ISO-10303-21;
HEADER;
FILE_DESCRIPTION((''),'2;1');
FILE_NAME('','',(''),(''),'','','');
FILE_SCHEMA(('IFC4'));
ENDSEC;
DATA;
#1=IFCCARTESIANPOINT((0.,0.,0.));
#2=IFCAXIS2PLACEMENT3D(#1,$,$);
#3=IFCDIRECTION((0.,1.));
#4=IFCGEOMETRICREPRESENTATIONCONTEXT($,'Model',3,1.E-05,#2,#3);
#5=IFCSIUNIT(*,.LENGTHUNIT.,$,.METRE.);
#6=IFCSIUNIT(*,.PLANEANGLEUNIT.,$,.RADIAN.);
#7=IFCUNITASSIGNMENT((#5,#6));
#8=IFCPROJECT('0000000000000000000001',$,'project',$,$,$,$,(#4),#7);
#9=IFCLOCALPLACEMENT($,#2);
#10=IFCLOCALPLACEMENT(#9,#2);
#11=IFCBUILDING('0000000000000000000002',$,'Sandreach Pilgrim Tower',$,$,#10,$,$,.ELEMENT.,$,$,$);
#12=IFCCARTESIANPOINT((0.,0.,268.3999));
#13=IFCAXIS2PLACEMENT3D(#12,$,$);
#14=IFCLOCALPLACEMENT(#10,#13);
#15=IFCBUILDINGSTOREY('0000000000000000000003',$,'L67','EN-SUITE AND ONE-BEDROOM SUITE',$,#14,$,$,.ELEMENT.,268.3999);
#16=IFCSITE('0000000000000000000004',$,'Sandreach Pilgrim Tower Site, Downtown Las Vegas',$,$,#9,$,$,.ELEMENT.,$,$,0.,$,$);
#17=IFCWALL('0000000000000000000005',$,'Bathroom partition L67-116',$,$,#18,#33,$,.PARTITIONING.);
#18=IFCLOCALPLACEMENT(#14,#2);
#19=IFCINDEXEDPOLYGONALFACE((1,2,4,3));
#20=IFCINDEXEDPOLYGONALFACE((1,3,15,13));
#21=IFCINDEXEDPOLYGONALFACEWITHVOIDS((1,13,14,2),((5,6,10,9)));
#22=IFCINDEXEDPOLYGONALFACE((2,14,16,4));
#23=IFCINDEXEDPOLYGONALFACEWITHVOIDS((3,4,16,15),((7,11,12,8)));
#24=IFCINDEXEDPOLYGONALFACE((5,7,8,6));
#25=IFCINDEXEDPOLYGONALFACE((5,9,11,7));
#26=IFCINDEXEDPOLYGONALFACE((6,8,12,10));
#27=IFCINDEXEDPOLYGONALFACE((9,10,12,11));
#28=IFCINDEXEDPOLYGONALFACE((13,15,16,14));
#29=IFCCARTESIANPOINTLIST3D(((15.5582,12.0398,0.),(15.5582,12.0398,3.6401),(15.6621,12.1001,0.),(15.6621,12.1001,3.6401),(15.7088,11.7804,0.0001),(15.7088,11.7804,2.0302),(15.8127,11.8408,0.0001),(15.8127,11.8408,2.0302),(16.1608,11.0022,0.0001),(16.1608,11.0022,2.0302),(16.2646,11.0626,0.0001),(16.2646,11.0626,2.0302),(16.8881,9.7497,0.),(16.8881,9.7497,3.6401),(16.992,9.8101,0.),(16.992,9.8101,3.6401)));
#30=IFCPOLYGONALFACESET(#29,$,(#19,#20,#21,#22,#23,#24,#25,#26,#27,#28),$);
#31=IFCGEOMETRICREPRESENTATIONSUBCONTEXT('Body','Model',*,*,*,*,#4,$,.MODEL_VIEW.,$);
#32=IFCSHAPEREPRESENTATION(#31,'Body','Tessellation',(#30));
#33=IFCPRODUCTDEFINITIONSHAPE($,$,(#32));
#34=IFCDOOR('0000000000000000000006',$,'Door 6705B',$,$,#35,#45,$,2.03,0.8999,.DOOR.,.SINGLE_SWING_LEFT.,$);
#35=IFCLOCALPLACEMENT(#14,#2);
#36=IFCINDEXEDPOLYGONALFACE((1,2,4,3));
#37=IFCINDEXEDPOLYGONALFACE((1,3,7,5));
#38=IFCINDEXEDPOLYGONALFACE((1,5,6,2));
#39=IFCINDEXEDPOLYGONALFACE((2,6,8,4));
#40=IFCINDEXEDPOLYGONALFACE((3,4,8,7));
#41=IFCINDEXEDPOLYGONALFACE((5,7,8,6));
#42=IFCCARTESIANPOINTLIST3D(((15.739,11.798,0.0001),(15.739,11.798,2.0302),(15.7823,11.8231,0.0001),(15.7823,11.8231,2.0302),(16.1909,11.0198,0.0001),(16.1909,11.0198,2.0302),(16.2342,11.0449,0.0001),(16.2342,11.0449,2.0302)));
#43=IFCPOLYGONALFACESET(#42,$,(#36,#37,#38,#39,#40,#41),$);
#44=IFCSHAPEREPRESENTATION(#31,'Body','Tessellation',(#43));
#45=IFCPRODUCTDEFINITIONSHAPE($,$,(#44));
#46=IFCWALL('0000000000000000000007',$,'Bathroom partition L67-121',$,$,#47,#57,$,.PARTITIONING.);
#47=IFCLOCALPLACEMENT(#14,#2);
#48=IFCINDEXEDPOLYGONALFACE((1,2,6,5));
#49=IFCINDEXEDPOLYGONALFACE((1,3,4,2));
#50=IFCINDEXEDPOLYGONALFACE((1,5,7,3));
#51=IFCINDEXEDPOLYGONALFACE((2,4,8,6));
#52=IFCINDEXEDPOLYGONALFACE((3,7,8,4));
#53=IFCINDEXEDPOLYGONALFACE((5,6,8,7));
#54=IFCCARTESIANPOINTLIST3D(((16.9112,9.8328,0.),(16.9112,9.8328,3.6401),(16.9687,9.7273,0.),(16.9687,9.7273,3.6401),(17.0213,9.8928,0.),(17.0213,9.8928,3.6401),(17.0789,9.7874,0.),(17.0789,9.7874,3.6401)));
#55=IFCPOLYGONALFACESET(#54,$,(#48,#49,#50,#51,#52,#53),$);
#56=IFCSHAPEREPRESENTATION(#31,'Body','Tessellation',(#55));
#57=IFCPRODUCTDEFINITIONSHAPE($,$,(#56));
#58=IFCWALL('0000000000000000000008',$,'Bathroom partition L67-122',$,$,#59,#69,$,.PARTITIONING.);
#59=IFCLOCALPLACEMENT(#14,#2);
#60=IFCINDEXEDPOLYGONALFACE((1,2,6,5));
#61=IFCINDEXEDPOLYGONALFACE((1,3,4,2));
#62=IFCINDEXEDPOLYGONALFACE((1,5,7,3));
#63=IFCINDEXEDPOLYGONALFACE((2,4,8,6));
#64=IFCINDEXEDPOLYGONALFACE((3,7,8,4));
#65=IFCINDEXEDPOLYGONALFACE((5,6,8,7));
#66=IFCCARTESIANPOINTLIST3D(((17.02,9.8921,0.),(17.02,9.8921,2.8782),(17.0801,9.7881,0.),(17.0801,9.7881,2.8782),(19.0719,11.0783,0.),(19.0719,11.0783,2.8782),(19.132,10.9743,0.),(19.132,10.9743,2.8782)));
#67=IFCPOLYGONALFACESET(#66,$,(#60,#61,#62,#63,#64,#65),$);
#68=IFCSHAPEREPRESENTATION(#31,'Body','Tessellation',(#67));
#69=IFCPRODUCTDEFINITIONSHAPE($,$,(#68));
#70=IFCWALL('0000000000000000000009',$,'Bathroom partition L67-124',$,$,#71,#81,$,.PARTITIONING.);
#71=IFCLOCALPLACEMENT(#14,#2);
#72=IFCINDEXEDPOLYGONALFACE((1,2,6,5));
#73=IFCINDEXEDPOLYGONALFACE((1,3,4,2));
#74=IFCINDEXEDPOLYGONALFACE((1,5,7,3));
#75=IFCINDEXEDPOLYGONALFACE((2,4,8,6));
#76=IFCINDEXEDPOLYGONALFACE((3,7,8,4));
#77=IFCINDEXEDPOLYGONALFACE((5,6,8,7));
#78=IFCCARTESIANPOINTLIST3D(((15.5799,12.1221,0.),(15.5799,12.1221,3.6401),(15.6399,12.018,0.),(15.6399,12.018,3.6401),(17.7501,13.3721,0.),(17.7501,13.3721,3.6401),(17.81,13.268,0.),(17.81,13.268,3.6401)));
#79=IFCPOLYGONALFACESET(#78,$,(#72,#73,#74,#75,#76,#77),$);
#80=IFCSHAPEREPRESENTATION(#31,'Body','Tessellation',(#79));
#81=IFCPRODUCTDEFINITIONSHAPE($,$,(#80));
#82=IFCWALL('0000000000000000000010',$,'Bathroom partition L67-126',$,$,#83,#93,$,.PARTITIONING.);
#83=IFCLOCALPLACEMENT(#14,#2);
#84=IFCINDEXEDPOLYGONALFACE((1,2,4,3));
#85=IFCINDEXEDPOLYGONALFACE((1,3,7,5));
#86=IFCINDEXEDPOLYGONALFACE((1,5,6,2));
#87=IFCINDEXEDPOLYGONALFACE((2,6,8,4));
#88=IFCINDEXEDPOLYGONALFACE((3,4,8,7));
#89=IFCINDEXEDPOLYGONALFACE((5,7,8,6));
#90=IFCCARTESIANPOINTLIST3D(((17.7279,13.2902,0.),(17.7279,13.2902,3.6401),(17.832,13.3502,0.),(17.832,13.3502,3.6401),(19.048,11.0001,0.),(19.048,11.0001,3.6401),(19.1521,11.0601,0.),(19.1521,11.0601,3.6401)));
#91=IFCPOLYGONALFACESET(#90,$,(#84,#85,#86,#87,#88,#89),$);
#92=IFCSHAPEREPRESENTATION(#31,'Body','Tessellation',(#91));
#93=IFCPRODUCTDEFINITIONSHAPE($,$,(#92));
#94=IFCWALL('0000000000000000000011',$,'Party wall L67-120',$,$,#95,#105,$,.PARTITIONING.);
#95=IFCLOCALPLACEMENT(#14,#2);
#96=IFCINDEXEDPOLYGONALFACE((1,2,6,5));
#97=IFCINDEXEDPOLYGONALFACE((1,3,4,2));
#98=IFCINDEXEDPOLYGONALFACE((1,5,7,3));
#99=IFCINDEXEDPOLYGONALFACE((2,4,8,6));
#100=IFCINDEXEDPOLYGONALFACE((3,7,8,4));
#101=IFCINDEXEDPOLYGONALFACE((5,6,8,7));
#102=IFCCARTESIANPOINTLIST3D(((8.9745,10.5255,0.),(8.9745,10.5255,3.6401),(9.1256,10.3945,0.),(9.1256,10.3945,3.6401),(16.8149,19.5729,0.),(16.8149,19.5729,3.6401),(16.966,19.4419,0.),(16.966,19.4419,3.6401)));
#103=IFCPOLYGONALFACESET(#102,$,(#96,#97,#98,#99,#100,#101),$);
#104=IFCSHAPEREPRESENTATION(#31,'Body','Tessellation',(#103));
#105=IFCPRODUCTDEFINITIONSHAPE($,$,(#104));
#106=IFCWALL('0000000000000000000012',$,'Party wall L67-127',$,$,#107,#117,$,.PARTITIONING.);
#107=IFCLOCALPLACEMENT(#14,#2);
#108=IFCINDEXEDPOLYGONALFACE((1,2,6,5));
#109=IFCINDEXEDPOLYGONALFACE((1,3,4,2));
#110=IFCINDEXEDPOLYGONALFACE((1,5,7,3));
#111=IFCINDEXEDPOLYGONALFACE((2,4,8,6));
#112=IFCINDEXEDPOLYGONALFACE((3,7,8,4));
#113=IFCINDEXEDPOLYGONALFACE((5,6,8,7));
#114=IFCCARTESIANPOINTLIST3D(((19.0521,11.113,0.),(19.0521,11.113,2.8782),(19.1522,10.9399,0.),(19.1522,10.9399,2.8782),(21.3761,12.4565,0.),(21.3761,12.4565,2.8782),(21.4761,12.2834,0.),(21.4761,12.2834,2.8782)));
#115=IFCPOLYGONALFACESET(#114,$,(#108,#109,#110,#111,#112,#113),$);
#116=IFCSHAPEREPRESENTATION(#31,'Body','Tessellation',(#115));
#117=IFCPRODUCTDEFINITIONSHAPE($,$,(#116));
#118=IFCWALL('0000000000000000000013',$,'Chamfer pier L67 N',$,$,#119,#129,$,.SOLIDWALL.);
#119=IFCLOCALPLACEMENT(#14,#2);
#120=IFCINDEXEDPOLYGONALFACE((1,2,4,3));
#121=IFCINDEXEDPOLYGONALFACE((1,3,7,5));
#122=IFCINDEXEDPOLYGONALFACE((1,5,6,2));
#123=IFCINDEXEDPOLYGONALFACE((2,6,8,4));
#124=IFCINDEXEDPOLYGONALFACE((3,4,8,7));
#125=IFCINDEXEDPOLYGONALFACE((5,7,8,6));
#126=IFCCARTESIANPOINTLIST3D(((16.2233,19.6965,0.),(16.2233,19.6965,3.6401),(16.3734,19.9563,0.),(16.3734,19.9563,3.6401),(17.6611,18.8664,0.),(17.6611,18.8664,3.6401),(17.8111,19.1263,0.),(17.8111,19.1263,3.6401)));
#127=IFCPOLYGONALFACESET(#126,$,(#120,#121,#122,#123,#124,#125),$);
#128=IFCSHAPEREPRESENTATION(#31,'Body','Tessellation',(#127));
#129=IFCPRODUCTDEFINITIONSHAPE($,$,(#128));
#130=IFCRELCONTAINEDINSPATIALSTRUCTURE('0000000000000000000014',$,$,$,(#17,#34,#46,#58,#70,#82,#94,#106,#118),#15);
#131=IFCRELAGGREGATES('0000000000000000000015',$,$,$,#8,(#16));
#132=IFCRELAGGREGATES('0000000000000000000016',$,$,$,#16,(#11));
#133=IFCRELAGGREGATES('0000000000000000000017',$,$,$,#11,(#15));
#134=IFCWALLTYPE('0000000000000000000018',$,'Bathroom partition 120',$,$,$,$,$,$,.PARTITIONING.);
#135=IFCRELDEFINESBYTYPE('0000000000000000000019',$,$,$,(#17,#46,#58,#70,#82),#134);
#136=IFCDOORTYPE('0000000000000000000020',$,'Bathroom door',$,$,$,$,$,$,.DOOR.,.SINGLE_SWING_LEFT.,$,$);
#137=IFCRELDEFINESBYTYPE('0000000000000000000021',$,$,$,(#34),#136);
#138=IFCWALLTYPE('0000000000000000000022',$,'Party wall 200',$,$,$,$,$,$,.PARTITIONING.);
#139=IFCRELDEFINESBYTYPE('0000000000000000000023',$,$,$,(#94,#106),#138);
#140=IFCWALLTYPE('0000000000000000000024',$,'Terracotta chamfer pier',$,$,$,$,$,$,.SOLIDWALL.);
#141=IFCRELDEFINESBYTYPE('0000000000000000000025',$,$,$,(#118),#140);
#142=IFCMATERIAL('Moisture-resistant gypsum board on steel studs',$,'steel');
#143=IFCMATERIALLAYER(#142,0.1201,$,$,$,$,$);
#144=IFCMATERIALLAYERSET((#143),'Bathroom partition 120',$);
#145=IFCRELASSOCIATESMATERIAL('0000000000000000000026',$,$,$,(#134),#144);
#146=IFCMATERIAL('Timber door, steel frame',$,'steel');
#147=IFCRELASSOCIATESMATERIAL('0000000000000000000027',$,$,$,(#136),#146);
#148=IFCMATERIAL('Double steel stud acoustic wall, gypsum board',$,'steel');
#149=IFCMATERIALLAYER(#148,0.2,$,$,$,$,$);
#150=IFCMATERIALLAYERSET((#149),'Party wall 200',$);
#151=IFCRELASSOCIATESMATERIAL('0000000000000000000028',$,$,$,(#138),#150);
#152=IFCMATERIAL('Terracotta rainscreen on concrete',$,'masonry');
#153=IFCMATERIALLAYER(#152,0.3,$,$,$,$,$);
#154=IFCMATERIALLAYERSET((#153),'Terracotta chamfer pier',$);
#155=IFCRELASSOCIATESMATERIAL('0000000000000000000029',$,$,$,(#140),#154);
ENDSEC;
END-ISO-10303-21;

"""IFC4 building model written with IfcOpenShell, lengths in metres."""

from ifc_helpers import new_model, si_unit, direction, frame, frame_2d, origin, place, context, subcontext, project, spatial, rectangle, extrude, material, layer, layer_set, type_object, element, fill, save


model = new_model("IFC4")

# Units and contexts
model_context = context("Model", 3, precision=1e-05, world=origin(), true_north=direction((0.0, 1.0)))
body_context = subcontext(model_context, "Body", "Model", "MODEL_VIEW")
ifc_project = project(units=[si_unit("LENGTHUNIT", "METRE"), si_unit("PLANEANGLEUNIT", "RADIAN")], contexts=[model_context])

# Site, building, storey
site_placement = place(None, origin())
site = spatial("IfcSite", under=ifc_project, at=site_placement, Name="Sandreach Pilgrim Tower Site, Downtown Las Vegas", CompositionType="ELEMENT", RefElevation=0.0)
building_placement = place(site_placement, origin())
building = spatial("IfcBuilding", under=site, at=building_placement, Name="Sandreach Pilgrim Tower", CompositionType="ELEMENT")
storey_placement = place(building_placement, frame((0.0, 0.0, 268.3999)))
storey = spatial("IfcBuildingStorey", under=building, at=storey_placement, Name="L67", Description="EN-SUITE AND ONE-BEDROOM SUITE", CompositionType="ELEMENT", Elevation=268.3999)

# Wall, opening, door
ifc_material_1 = material(Name="Moisture-resistant gypsum board on steel studs", Category="steel")
ifc_layer_1 = layer(ifc_material_1, 0.1201)
ifc_layer_set_1 = layer_set([ifc_layer_1], Name="Bathroom partition 120")
wall_type_1 = type_object("IfcWallType", Name="Bathroom partition 120", PredefinedType="PARTITIONING", material=ifc_layer_set_1)
wall_1_placement = place(storey_placement, frame((15.6101, 12.0701, 0.0), z_axis=(0.0, 0.0, 1.0), x_axis=(0.502173, -0.864767, 0.0)))
wall_1 = element("IfcWall", 1, at=wall_1_placement, inside=storey, type_object=wall_type_1, Name="Bathroom partition L67-116", PredefinedType="PARTITIONING", context=body_context, shape_type="SweptSolid", body=[
    extrude(rectangle(XDim=2.6482, YDim=0.1201, at=frame_2d((1.3242, 0.0))), origin(), (0.0, 0.0, 1.0), 3.6401),
])
opening_placement = place(wall_1_placement, frame((0.3, 0.0, 0.0)))
opening = element("IfcOpeningElement", 2, at=opening_placement, cuts=wall_1, PredefinedType="OPENING", context=body_context, shape_type="SweptSolid", body=[
    extrude(rectangle(XDim=0.8999, YDim=2.03, at=frame_2d((0.45, 1.0151))), frame((0.0, 0.0601, 0.0), z_axis=(0.0, -1.0, 0.0), x_axis=(1.0, 0.0, 0.0)), (0.0, 0.0, 1.0), 0.1201),
])
ifc_material_2 = material(Name="Timber door, steel frame", Category="steel")
door_type = type_object("IfcDoorType", Name="Bathroom door", OperationType="SINGLE_SWING_LEFT", PredefinedType="DOOR", material=ifc_material_2)
door_placement = place(opening_placement, origin())
door = element("IfcDoor", 3, at=door_placement, inside=storey, type_object=door_type, Name="Door 6705B", OperationType="SINGLE_SWING_LEFT", OverallHeight=2.03, OverallWidth=0.8999, PredefinedType="DOOR", context=body_context, shape_type="SweptSolid", body=[
    extrude(rectangle(XDim=0.8999, YDim=2.03, at=frame_2d((0.45, 1.0151))), frame((0.0, 0.0249, 0.0), z_axis=(0.0, -1.0, 0.0), x_axis=(1.0, 0.0, 0.0)), (0.0, 0.0, 1.0), 0.05),
])
fill(opening, door)

# Walls
wall_2_placement = place(storey_placement, frame((16.9399, 9.78, 0.0), z_axis=(0.0, 0.0, 1.0), x_axis=(0.877896, 0.478852, 0.0)))
element("IfcWall", 4, at=wall_2_placement, inside=storey, type_object=wall_type_1, Name="Bathroom partition L67-121", PredefinedType="PARTITIONING", context=body_context, shape_type="SweptSolid", body=[
    extrude(rectangle(XDim=0.1255, YDim=0.1201, at=frame_2d((0.0627, 0.0))), origin(), (0.0, 0.0, 1.0), 3.6401),
])
wall_3_placement = place(storey_placement, frame((17.05, 9.8401, 0.0), z_axis=(0.0, 0.0, 1.0), x_axis=(0.865741, 0.500492, 0.0)))
element("IfcWall", 5, at=wall_3_placement, inside=storey, type_object=wall_type_1, Name="Bathroom partition L67-122", PredefinedType="PARTITIONING", context=body_context, shape_type="SweptSolid", body=[
    extrude(rectangle(XDim=2.3701, YDim=0.1201, at=frame_2d((1.1851, 0.0))), origin(), (0.0, 0.0, 1.0), 2.8782),
])
wall_4_placement = place(storey_placement, frame((17.78, 13.3201, 0.0), z_axis=(0.0, 0.0, 1.0), x_axis=(-0.866534, -0.499118, 0.0)))
element("IfcWall", 6, at=wall_4_placement, inside=storey, type_object=wall_type_1, Name="Bathroom partition L67-124", PredefinedType="PARTITIONING", context=body_context, shape_type="SweptSolid", body=[
    extrude(rectangle(XDim=2.5044, YDim=0.1201, at=frame_2d((1.2522, 0.0))), origin(), (0.0, 0.0, 1.0), 3.6401),
])
wall_5_placement = place(storey_placement, frame((19.1001, 11.03, 0.0), z_axis=(0.0, 0.0, 1.0), x_axis=(-0.499408, 0.866367, 0.0)))
element("IfcWall", 7, at=wall_5_placement, inside=storey, type_object=wall_type_1, Name="Bathroom partition L67-126", PredefinedType="PARTITIONING", context=body_context, shape_type="SweptSolid", body=[
    extrude(rectangle(XDim=2.6433, YDim=0.1201, at=frame_2d((1.3218, 0.0))), origin(), (0.0, 0.0, 1.0), 3.6401),
])
ifc_material_3 = material(Name="Double steel stud acoustic wall, gypsum board", Category="steel")
ifc_layer_2 = layer(ifc_material_3, 0.2)
ifc_layer_set_2 = layer_set([ifc_layer_2], Name="Party wall 200")
wall_type_2 = type_object("IfcWallType", Name="Party wall 200", PredefinedType="PARTITIONING", material=ifc_layer_set_2)
wall_6_placement = place(storey_placement, frame((16.8904, 19.5073, 0.0), z_axis=(0.0, 0.0, 1.0), x_axis=(-0.654896, -0.755719, 0.0)))
element("IfcWall", 8, at=wall_6_placement, inside=storey, type_object=wall_type_2, Name="Party wall L67-120", PredefinedType="PARTITIONING", context=body_context, shape_type="SweptSolid", body=[
    extrude(rectangle(XDim=11.9719, YDim=0.2, at=frame_2d((5.9858, 0.0))), origin(), (0.0, 0.0, 1.0), 3.6401),
])
wall_7_placement = place(storey_placement, frame((19.1021, 11.0264, 0.0), z_axis=(0.0, 0.0, 1.0), x_axis=(0.865742, 0.500491, 0.0)))
element("IfcWall", 9, at=wall_7_placement, inside=storey, type_object=wall_type_2, Name="Party wall L67-127", PredefinedType="PARTITIONING", context=body_context, shape_type="SweptSolid", body=[
    extrude(rectangle(XDim=2.6843, YDim=0.2, at=frame_2d((1.3423, 0.0))), origin(), (0.0, 0.0, 1.0), 2.8782),
])
ifc_material_4 = material(Name="Terracotta rainscreen on concrete", Category="masonry")
ifc_layer_3 = layer(ifc_material_4, 0.3)
ifc_layer_set_3 = layer_set([ifc_layer_3], Name="Terracotta chamfer pier")
wall_type_3 = type_object("IfcWallType", Name="Terracotta chamfer pier", PredefinedType="SOLIDWALL", material=ifc_layer_set_3)
wall_8_placement = place(storey_placement, frame((16.2983, 19.8264, 0.0), z_axis=(0.0, 0.0, 1.0), x_axis=(0.866026, -0.499998, 0.0)))
element("IfcWall", 10, at=wall_8_placement, inside=storey, type_object=wall_type_3, Name="Chamfer pier L67 N", PredefinedType="SOLIDWALL", context=body_context, shape_type="SweptSolid", body=[
    extrude(rectangle(XDim=1.6602, YDim=0.3, at=frame_2d((0.8301, 0.0))), origin(), (0.0, 0.0, 1.0), 3.6401),
])

save(model, "model.ifc")
